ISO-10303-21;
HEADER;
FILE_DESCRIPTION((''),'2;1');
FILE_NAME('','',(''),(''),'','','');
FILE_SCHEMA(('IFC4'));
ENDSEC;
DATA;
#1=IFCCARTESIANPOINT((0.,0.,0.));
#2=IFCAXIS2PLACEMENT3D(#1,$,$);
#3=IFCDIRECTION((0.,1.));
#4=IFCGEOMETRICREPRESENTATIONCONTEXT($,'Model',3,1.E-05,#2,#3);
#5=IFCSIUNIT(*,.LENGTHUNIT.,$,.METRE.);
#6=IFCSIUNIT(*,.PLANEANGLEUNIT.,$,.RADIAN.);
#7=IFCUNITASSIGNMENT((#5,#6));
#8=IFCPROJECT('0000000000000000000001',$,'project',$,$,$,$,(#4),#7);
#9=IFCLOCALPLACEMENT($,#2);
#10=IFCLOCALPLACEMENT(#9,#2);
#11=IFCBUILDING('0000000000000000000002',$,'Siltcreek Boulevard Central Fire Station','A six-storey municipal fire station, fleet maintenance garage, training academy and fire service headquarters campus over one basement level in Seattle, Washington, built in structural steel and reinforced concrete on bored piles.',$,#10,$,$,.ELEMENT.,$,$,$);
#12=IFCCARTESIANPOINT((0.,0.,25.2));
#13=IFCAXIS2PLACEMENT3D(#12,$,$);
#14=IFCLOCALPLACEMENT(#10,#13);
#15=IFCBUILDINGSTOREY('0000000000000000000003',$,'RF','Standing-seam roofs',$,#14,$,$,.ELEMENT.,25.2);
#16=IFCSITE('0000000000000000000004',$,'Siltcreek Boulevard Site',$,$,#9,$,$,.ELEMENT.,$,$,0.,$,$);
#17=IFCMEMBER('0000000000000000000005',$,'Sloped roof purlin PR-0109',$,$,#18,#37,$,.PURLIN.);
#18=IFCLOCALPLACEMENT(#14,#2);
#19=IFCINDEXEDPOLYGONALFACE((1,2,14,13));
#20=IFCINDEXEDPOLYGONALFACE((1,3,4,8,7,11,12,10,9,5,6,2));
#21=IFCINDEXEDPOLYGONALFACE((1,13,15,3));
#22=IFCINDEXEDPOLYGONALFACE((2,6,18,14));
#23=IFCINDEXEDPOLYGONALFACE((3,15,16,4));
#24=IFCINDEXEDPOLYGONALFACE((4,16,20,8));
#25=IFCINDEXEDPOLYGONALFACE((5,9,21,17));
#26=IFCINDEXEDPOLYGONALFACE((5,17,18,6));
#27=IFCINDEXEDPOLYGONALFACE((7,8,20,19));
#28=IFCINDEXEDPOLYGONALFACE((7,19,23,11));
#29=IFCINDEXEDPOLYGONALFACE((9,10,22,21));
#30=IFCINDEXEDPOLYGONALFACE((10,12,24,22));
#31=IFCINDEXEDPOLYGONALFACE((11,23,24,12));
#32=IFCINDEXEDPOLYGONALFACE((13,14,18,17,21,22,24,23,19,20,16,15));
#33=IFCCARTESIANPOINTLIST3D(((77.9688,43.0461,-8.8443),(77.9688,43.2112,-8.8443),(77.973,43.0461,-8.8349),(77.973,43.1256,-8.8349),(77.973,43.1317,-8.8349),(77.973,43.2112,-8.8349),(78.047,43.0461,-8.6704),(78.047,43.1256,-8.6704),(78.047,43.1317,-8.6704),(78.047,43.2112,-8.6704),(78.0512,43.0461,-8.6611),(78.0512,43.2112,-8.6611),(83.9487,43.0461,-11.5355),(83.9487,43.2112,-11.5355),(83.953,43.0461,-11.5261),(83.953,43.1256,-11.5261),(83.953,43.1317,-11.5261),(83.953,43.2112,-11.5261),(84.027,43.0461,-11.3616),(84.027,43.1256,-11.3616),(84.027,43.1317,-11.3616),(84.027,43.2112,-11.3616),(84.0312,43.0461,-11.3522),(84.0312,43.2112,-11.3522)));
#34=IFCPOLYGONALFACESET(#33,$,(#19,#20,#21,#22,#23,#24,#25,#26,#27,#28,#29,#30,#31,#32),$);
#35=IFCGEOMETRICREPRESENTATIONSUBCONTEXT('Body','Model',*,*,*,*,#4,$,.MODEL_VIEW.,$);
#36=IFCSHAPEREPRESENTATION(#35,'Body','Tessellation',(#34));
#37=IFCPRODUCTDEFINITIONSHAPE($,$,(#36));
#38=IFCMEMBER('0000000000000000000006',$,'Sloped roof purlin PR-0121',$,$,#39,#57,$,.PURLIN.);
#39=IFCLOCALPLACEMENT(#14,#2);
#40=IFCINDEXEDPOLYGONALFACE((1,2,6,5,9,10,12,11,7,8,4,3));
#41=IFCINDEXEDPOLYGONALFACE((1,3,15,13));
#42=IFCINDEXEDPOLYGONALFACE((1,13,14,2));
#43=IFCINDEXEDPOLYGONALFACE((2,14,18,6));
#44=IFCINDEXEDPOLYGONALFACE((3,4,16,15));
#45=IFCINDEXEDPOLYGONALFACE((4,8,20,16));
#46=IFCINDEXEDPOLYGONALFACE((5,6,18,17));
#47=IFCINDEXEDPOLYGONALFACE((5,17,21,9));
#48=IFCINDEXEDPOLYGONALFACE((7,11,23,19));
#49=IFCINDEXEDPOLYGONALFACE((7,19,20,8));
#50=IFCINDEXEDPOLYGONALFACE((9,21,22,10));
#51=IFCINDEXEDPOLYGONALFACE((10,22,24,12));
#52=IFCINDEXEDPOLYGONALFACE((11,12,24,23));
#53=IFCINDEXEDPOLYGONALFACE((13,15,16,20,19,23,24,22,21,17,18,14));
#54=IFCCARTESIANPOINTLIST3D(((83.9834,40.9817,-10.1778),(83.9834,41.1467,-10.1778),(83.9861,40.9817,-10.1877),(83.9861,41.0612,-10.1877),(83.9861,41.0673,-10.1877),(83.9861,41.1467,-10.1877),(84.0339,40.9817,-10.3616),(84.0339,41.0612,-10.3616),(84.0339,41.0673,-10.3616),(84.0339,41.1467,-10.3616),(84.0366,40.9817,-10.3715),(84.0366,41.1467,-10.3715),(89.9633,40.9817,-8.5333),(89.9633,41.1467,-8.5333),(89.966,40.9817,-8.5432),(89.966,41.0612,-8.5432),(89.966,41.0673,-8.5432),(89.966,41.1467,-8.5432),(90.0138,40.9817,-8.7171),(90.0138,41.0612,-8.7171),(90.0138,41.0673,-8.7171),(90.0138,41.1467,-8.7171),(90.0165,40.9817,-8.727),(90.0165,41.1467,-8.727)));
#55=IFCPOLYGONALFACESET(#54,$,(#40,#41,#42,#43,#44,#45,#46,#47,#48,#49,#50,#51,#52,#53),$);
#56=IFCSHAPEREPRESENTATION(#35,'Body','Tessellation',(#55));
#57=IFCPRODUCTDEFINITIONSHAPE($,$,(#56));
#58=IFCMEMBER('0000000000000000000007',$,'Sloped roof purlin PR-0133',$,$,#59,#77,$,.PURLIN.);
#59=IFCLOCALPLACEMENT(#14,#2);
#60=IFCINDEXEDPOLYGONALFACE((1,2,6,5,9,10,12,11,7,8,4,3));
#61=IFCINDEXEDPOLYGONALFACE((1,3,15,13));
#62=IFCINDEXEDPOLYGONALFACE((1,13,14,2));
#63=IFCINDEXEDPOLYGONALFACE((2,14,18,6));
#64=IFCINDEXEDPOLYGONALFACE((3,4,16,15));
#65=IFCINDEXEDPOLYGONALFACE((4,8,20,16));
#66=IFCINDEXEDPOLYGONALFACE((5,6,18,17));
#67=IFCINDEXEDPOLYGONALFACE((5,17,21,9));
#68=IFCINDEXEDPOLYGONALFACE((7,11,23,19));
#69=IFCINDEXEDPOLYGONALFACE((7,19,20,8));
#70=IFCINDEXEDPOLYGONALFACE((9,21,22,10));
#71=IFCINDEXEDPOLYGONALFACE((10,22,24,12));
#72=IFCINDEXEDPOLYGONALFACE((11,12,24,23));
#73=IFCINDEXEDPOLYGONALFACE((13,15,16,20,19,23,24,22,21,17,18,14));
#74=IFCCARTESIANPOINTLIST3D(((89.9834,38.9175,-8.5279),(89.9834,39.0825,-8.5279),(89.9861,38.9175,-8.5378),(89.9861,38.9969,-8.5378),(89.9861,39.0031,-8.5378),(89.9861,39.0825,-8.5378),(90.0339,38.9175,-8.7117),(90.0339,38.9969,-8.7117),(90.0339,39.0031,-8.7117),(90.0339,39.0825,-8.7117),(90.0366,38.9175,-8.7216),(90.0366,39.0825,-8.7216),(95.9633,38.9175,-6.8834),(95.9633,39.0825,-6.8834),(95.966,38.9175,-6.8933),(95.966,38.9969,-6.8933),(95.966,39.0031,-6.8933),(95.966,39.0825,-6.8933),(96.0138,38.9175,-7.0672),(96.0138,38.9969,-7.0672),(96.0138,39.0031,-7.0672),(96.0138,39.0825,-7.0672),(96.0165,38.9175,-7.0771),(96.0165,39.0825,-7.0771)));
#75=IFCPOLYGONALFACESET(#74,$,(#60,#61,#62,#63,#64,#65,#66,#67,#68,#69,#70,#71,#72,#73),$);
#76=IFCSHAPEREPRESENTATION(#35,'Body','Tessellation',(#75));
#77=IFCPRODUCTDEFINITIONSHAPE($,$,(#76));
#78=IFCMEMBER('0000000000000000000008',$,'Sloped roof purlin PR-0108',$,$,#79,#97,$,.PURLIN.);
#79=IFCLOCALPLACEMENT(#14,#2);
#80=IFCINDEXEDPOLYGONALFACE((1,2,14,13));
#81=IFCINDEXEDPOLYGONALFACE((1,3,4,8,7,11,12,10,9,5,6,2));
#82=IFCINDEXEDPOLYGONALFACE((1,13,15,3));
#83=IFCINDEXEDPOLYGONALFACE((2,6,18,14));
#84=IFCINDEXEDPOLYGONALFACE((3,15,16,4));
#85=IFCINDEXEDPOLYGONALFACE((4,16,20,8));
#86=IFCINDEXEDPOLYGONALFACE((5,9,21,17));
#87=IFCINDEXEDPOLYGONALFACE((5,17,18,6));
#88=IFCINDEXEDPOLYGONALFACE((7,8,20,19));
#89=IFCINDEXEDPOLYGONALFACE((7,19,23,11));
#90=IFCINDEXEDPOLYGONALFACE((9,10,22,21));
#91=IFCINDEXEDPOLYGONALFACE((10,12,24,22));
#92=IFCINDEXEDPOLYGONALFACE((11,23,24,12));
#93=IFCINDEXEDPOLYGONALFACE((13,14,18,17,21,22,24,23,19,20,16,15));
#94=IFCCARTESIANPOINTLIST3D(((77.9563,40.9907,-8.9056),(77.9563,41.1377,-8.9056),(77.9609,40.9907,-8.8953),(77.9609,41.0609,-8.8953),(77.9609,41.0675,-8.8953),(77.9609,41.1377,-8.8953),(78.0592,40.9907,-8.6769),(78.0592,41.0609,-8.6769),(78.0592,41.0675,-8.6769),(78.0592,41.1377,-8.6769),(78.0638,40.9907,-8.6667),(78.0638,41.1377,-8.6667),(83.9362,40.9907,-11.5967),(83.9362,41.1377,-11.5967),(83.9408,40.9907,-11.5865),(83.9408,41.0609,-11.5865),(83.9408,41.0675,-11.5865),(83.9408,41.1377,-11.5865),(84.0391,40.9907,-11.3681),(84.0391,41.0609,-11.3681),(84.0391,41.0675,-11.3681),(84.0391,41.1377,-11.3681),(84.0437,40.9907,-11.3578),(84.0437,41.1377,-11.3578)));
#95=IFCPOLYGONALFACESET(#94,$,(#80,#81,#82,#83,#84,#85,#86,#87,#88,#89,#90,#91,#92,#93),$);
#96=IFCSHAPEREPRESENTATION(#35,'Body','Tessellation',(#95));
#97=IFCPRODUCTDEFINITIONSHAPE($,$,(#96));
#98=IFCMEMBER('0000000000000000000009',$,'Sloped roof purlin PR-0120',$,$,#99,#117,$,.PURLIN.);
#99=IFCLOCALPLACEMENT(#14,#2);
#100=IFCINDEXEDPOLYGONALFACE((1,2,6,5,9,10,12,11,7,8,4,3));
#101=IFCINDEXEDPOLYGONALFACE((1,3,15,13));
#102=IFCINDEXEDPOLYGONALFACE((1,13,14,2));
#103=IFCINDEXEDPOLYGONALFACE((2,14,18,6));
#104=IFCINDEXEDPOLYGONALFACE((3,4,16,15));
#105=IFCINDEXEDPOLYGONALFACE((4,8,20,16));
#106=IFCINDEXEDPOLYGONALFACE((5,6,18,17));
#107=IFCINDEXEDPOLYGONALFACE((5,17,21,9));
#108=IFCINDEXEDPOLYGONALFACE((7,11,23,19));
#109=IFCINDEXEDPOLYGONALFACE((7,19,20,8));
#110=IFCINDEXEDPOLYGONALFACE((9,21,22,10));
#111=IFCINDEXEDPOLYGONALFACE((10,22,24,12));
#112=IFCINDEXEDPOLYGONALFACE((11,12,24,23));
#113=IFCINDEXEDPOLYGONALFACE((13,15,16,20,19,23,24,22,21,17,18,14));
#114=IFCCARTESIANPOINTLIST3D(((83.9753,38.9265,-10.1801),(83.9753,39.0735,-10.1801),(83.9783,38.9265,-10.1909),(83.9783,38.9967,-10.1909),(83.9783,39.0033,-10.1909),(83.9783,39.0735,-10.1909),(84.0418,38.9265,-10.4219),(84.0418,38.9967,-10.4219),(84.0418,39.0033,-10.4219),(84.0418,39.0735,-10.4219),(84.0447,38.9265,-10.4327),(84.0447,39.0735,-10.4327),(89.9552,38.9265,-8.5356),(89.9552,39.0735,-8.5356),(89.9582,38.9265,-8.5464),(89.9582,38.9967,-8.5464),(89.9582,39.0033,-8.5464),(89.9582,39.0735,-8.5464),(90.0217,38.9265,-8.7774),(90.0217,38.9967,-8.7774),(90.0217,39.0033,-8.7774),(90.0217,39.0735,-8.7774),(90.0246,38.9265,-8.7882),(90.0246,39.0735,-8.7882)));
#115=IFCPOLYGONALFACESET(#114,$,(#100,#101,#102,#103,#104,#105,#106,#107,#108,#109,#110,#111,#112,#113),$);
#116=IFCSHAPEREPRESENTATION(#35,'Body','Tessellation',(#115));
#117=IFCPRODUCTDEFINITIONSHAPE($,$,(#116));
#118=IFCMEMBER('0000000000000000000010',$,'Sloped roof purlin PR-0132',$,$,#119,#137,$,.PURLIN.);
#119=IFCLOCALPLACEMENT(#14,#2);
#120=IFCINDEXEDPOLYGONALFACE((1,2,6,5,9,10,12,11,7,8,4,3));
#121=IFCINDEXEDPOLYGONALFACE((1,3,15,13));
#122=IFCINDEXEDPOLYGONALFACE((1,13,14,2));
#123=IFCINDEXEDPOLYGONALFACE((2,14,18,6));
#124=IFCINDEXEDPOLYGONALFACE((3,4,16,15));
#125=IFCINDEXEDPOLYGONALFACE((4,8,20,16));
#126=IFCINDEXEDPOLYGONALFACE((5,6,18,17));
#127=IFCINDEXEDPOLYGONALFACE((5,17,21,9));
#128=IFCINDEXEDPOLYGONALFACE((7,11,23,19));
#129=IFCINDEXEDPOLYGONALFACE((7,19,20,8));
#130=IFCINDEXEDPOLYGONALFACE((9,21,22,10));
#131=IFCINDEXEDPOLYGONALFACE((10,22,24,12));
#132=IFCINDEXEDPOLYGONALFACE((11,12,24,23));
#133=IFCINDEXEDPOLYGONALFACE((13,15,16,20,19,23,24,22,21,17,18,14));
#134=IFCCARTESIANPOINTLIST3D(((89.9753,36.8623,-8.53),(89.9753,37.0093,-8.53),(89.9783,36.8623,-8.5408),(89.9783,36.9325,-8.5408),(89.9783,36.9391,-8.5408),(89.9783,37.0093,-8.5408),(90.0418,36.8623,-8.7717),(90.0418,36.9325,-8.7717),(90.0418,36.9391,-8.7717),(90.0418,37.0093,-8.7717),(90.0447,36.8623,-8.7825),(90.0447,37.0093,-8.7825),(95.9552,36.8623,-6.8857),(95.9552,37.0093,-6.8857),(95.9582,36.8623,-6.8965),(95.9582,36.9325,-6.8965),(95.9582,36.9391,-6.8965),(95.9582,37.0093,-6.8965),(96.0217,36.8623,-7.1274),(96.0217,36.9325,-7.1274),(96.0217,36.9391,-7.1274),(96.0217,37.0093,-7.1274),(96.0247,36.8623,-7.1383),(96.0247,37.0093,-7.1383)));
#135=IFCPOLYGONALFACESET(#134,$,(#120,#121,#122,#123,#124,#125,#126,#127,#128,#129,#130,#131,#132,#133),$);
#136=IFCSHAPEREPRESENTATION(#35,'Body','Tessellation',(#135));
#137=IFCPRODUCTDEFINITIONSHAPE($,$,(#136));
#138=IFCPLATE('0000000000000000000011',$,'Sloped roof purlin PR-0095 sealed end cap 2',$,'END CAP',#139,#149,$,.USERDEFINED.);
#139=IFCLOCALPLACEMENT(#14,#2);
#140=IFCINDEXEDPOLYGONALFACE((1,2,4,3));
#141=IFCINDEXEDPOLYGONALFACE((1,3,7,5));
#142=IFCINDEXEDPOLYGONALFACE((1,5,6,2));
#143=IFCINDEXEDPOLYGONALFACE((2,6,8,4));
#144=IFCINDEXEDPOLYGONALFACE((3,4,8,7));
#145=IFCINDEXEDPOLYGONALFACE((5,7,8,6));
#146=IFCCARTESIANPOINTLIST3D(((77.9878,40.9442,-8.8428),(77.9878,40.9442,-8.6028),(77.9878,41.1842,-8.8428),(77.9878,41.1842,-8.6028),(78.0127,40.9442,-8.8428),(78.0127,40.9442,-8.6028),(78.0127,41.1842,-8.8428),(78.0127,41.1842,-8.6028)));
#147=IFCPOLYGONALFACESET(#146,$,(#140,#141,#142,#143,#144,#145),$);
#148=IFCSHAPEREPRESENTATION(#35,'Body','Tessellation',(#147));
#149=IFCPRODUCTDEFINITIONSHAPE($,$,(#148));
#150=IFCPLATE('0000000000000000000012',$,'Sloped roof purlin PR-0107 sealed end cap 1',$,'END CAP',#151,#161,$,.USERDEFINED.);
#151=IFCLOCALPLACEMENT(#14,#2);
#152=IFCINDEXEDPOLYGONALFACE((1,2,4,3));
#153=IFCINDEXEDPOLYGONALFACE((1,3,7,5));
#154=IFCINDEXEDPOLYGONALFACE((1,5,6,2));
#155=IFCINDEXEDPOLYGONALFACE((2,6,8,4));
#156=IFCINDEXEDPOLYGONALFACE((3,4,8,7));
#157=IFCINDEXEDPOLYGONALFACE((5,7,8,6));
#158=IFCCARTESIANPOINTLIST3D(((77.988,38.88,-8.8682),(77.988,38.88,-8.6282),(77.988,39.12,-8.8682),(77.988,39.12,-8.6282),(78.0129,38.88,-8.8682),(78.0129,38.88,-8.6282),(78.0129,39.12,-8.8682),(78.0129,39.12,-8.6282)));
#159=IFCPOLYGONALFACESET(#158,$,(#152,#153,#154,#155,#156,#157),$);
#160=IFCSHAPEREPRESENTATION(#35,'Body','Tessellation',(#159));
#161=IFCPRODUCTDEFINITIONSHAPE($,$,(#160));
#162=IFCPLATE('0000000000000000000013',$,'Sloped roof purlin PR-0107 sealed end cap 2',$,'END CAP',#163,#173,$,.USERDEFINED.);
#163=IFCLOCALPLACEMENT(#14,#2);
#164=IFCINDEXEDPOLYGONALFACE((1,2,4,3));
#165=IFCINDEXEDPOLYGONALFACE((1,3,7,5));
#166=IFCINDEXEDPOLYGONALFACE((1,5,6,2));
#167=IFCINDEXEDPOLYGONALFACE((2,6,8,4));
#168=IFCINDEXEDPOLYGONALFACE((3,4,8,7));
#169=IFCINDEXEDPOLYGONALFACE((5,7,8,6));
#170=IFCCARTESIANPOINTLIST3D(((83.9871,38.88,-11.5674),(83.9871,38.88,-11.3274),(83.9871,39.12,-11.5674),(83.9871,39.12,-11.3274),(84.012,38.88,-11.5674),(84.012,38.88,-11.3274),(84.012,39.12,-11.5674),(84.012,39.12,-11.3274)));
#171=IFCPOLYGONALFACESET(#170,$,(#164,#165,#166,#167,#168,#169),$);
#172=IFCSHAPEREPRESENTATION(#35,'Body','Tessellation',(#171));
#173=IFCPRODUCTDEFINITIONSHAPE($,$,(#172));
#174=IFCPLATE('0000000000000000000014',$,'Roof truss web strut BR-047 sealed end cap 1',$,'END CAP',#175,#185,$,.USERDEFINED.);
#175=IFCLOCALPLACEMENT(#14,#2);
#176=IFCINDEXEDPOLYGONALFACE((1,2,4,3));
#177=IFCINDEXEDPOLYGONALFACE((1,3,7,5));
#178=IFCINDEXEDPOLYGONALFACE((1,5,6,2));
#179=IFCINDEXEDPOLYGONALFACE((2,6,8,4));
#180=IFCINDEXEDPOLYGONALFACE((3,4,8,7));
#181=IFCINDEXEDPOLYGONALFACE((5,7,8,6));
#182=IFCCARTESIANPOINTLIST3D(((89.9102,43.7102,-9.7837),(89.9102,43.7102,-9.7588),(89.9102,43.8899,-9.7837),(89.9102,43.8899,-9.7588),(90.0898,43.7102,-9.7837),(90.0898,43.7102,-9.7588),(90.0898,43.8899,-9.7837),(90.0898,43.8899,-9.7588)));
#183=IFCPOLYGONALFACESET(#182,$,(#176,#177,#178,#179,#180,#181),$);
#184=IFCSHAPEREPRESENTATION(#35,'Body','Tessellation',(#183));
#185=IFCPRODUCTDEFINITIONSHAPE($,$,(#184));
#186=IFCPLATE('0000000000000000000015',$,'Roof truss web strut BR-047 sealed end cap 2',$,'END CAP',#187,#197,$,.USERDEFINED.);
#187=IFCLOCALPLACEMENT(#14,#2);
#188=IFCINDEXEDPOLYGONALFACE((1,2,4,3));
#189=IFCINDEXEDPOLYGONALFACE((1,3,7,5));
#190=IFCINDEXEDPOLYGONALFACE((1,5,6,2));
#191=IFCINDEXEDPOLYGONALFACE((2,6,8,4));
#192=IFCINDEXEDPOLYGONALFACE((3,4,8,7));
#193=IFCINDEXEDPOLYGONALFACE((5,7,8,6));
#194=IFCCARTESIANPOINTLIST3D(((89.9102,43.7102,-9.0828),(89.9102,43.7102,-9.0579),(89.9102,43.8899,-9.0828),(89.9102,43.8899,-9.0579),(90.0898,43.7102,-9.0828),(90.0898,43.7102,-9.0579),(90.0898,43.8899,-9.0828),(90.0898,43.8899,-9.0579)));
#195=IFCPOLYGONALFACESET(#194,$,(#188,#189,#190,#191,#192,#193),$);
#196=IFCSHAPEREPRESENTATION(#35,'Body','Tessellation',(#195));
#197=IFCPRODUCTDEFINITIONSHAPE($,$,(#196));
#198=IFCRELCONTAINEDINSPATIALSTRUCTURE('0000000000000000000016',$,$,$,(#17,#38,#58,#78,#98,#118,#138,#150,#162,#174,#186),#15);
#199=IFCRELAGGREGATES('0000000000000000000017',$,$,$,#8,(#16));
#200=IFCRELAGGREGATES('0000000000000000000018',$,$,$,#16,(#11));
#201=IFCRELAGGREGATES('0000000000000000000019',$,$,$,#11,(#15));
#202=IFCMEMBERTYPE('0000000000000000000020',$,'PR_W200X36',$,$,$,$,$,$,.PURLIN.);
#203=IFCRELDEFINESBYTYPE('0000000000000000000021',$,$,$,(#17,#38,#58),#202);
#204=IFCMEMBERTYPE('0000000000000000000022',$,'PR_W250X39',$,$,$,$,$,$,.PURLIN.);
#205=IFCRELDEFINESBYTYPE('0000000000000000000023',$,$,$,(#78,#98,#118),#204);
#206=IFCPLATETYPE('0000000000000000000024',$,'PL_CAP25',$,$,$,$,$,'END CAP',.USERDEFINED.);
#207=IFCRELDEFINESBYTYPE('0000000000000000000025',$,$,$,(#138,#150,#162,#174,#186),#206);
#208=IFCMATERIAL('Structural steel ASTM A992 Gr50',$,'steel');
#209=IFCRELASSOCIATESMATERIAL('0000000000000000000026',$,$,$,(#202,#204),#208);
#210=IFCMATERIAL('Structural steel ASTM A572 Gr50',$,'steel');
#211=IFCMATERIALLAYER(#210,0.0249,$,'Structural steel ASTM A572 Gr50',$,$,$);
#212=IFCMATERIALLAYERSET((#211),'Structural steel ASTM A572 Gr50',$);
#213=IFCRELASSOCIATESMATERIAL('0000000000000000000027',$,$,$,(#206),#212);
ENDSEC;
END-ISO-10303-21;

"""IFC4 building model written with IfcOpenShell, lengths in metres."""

from ifc_helpers import new_model, si_unit, direction, frame, origin, origin_2d, place, context, subcontext, project, spatial, rectangle, i_section, extrude, material, layer, layer_set, material_profile, profile_set, type_object, element, save


model = new_model("IFC4")

# Units and contexts
model_context = context("Model", 3, precision=1e-05, world=origin(), true_north=direction((0.0, 1.0)))
body_context = subcontext(model_context, "Body", "Model", "MODEL_VIEW")
ifc_project = project(units=[si_unit("LENGTHUNIT", "METRE"), si_unit("PLANEANGLEUNIT", "RADIAN")], contexts=[model_context])

# Site, building, storey
site_placement = place(None, origin())
site = spatial("IfcSite", under=ifc_project, at=site_placement, Name="Siltcreek Boulevard Site", CompositionType="ELEMENT", RefElevation=0.0)
building_placement = place(site_placement, origin())
building = spatial("IfcBuilding", under=site, at=building_placement, Name="Siltcreek Boulevard Central Fire Station", Description="A six-storey municipal fire station, fleet maintenance garage, training academy and fire service headquarters campus over one basement level in Seattle, Washington, built in structural steel and reinforced concrete on bored piles.", CompositionType="ELEMENT")
storey_placement = place(building_placement, frame((0.0, 0.0, 25.2)))
storey = spatial("IfcBuildingStorey", under=building, at=storey_placement, Name="RF", Description="Standing-seam roofs", CompositionType="ELEMENT", Elevation=25.2)

# Members
ifc_material_1 = material(Name="Structural steel ASTM A992 Gr50", Category="steel")
ifc_material_profile_1 = material_profile(ifc_material_1, i_section(OverallWidth=0.165, OverallDepth=0.2009, WebThickness=0.0061, FlangeThickness=0.0103, at=origin_2d()), Name="W200X36")
ifc_profile_set_1 = profile_set([ifc_material_profile_1], Name="Structural steel ASTM A992 Gr50")
member_type_1 = type_object("IfcMemberType", Name="PR_W200X36", PredefinedType="PURLIN", material=ifc_profile_set_1)
member_1_placement = place(storey_placement, frame((78.01, 43.1287, -8.7527), z_axis=(0.911912, 0.0, -0.410386), x_axis=(0.0, 1.0, 0.0)))
element("IfcMember", 1, at=member_1_placement, inside=storey, type_object=member_type_1, Name="Sloped roof purlin PR-0109", PredefinedType="PURLIN", context=body_context, shape_type="SweptSolid", body=[
    extrude(i_section(OverallWidth=0.165, OverallDepth=0.2009, WebThickness=0.0061, FlangeThickness=0.0103, at=origin_2d()), origin(), (0.0, 0.0, 1.0), 6.5576),
])
for number, where, z_axis, x_axis, name in (
    (2, (84.01, 41.0642, -10.2747), (0.964204, 0.0, 0.265162), (0.0, 1.0, 0.0), "Sloped roof purlin PR-0121"),
    (3, (90.01, 39.0, -8.6248), (0.964204, 0.0, 0.265162), (0.0, 1.0, 0.0), "Sloped roof purlin PR-0133"),
):
    element("IfcMember", number, at=place(storey_placement, frame(where, z_axis=z_axis, x_axis=x_axis)), inside=storey, type_object=member_type_1, Name=name, PredefinedType="PURLIN", context=body_context, shape_type="SweptSolid", body=[
        extrude(i_section(OverallWidth=0.165, OverallDepth=0.2009, WebThickness=0.0061, FlangeThickness=0.0103, at=origin_2d()), origin(), (0.0, 0.0, 1.0), 6.2019),
    ])
ifc_material_profile_2 = material_profile(ifc_material_1, i_section(OverallWidth=0.147, OverallDepth=0.262, WebThickness=0.0066, FlangeThickness=0.0112, at=origin_2d()), Name="W250X39")
ifc_profile_set_2 = profile_set([ifc_material_profile_2], Name="Structural steel ASTM A992 Gr50")
member_type_2 = type_object("IfcMemberType", Name="PR_W250X39", PredefinedType="PURLIN", material=ifc_profile_set_2)
member_2_placement = place(storey_placement, frame((78.01, 41.0642, -8.7861), z_axis=(0.911912, 0.0, -0.410386), x_axis=(0.0, 1.0, 0.0)))
element("IfcMember", 4, at=member_2_placement, inside=storey, type_object=member_type_2, Name="Sloped roof purlin PR-0108", PredefinedType="PURLIN", context=body_context, shape_type="SweptSolid", body=[
    extrude(i_section(OverallWidth=0.147, OverallDepth=0.262, WebThickness=0.0066, FlangeThickness=0.0112, at=origin_2d()), origin(), (0.0, 0.0, 1.0), 6.5576),
])
for number, where, z_axis, x_axis, name in (
    (5, (84.01, 39.0, -10.3064), (0.964204, 0.0, 0.265162), (0.0, 1.0, 0.0), "Sloped roof purlin PR-0120"),
    (6, (90.01, 36.9358, -8.6562), (0.964214, 0.0, 0.265125), (0.0, 1.0, 0.0), "Sloped roof purlin PR-0132"),
):
    element("IfcMember", number, at=place(storey_placement, frame(where, z_axis=z_axis, x_axis=x_axis)), inside=storey, type_object=member_type_2, Name=name, PredefinedType="PURLIN", context=body_context, shape_type="SweptSolid", body=[
        extrude(i_section(OverallWidth=0.147, OverallDepth=0.262, WebThickness=0.0066, FlangeThickness=0.0112, at=origin_2d()), origin(), (0.0, 0.0, 1.0), 6.2019),
    ])

# Plates
ifc_material_2 = material(Name="Structural steel ASTM A572 Gr50", Category="steel")
ifc_layer_1 = layer(ifc_material_2, 0.0249, Name="Structural steel ASTM A572 Gr50")
ifc_layer_set_1 = layer_set([ifc_layer_1], Name="Structural steel ASTM A572 Gr50")
plate_type = type_object("IfcPlateType", Name="PL_CAP25", ElementType="END CAP", PredefinedType="USERDEFINED", material=ifc_layer_set_1)
for number, where, z_axis, x_axis, name in (
    (7, (78.0002, 41.0642, -8.8428), (0.0, 0.0, 1.0), (1.0, 0.0, 0.0), "Sloped roof purlin PR-0095 sealed end cap 2"),
    (8, (78.0005, 39.0, -8.8682), (0.0, 0.0, 1.0), (1.0, 0.0, 0.0), "Sloped roof purlin PR-0107 sealed end cap 1"),
    (9, (83.9995, 39.0, -11.5674), (0.0, 0.0, 1.0), (1.0, 0.0, 0.0), "Sloped roof purlin PR-0107 sealed end cap 2"),
):
    element("IfcPlate", number, at=place(storey_placement, frame(where, z_axis=z_axis, x_axis=x_axis)), inside=storey, type_object=plate_type, Name=name, ObjectType="END CAP", PredefinedType="USERDEFINED", context=body_context, shape_type="SweptSolid", body=[
        extrude(rectangle(XDim=0.0249, YDim=0.24, at=origin_2d()), origin(), (0.0, 0.0, 1.0), 0.24),
    ])
for number, where, z_axis, x_axis, name in (
    (10, (90.0, 43.8, -9.7837), (0.0, 0.0, 1.0), (1.0, 0.0, 0.0), "Roof truss web strut BR-047 sealed end cap 1"),
    (11, (90.0, 43.8, -9.0828), (0.0, 0.0, 1.0), (1.0, 0.0, 0.0), "Roof truss web strut BR-047 sealed end cap 2"),
):
    element("IfcPlate", number, at=place(storey_placement, frame(where, z_axis=z_axis, x_axis=x_axis)), inside=storey, type_object=plate_type, Name=name, ObjectType="END CAP", PredefinedType="USERDEFINED", context=body_context, shape_type="SweptSolid", body=[
        extrude(rectangle(XDim=0.1797, YDim=0.1797, at=origin_2d()), origin(), (0.0, 0.0, 1.0), 0.0249),
    ])

save(model, "model.ifc")
